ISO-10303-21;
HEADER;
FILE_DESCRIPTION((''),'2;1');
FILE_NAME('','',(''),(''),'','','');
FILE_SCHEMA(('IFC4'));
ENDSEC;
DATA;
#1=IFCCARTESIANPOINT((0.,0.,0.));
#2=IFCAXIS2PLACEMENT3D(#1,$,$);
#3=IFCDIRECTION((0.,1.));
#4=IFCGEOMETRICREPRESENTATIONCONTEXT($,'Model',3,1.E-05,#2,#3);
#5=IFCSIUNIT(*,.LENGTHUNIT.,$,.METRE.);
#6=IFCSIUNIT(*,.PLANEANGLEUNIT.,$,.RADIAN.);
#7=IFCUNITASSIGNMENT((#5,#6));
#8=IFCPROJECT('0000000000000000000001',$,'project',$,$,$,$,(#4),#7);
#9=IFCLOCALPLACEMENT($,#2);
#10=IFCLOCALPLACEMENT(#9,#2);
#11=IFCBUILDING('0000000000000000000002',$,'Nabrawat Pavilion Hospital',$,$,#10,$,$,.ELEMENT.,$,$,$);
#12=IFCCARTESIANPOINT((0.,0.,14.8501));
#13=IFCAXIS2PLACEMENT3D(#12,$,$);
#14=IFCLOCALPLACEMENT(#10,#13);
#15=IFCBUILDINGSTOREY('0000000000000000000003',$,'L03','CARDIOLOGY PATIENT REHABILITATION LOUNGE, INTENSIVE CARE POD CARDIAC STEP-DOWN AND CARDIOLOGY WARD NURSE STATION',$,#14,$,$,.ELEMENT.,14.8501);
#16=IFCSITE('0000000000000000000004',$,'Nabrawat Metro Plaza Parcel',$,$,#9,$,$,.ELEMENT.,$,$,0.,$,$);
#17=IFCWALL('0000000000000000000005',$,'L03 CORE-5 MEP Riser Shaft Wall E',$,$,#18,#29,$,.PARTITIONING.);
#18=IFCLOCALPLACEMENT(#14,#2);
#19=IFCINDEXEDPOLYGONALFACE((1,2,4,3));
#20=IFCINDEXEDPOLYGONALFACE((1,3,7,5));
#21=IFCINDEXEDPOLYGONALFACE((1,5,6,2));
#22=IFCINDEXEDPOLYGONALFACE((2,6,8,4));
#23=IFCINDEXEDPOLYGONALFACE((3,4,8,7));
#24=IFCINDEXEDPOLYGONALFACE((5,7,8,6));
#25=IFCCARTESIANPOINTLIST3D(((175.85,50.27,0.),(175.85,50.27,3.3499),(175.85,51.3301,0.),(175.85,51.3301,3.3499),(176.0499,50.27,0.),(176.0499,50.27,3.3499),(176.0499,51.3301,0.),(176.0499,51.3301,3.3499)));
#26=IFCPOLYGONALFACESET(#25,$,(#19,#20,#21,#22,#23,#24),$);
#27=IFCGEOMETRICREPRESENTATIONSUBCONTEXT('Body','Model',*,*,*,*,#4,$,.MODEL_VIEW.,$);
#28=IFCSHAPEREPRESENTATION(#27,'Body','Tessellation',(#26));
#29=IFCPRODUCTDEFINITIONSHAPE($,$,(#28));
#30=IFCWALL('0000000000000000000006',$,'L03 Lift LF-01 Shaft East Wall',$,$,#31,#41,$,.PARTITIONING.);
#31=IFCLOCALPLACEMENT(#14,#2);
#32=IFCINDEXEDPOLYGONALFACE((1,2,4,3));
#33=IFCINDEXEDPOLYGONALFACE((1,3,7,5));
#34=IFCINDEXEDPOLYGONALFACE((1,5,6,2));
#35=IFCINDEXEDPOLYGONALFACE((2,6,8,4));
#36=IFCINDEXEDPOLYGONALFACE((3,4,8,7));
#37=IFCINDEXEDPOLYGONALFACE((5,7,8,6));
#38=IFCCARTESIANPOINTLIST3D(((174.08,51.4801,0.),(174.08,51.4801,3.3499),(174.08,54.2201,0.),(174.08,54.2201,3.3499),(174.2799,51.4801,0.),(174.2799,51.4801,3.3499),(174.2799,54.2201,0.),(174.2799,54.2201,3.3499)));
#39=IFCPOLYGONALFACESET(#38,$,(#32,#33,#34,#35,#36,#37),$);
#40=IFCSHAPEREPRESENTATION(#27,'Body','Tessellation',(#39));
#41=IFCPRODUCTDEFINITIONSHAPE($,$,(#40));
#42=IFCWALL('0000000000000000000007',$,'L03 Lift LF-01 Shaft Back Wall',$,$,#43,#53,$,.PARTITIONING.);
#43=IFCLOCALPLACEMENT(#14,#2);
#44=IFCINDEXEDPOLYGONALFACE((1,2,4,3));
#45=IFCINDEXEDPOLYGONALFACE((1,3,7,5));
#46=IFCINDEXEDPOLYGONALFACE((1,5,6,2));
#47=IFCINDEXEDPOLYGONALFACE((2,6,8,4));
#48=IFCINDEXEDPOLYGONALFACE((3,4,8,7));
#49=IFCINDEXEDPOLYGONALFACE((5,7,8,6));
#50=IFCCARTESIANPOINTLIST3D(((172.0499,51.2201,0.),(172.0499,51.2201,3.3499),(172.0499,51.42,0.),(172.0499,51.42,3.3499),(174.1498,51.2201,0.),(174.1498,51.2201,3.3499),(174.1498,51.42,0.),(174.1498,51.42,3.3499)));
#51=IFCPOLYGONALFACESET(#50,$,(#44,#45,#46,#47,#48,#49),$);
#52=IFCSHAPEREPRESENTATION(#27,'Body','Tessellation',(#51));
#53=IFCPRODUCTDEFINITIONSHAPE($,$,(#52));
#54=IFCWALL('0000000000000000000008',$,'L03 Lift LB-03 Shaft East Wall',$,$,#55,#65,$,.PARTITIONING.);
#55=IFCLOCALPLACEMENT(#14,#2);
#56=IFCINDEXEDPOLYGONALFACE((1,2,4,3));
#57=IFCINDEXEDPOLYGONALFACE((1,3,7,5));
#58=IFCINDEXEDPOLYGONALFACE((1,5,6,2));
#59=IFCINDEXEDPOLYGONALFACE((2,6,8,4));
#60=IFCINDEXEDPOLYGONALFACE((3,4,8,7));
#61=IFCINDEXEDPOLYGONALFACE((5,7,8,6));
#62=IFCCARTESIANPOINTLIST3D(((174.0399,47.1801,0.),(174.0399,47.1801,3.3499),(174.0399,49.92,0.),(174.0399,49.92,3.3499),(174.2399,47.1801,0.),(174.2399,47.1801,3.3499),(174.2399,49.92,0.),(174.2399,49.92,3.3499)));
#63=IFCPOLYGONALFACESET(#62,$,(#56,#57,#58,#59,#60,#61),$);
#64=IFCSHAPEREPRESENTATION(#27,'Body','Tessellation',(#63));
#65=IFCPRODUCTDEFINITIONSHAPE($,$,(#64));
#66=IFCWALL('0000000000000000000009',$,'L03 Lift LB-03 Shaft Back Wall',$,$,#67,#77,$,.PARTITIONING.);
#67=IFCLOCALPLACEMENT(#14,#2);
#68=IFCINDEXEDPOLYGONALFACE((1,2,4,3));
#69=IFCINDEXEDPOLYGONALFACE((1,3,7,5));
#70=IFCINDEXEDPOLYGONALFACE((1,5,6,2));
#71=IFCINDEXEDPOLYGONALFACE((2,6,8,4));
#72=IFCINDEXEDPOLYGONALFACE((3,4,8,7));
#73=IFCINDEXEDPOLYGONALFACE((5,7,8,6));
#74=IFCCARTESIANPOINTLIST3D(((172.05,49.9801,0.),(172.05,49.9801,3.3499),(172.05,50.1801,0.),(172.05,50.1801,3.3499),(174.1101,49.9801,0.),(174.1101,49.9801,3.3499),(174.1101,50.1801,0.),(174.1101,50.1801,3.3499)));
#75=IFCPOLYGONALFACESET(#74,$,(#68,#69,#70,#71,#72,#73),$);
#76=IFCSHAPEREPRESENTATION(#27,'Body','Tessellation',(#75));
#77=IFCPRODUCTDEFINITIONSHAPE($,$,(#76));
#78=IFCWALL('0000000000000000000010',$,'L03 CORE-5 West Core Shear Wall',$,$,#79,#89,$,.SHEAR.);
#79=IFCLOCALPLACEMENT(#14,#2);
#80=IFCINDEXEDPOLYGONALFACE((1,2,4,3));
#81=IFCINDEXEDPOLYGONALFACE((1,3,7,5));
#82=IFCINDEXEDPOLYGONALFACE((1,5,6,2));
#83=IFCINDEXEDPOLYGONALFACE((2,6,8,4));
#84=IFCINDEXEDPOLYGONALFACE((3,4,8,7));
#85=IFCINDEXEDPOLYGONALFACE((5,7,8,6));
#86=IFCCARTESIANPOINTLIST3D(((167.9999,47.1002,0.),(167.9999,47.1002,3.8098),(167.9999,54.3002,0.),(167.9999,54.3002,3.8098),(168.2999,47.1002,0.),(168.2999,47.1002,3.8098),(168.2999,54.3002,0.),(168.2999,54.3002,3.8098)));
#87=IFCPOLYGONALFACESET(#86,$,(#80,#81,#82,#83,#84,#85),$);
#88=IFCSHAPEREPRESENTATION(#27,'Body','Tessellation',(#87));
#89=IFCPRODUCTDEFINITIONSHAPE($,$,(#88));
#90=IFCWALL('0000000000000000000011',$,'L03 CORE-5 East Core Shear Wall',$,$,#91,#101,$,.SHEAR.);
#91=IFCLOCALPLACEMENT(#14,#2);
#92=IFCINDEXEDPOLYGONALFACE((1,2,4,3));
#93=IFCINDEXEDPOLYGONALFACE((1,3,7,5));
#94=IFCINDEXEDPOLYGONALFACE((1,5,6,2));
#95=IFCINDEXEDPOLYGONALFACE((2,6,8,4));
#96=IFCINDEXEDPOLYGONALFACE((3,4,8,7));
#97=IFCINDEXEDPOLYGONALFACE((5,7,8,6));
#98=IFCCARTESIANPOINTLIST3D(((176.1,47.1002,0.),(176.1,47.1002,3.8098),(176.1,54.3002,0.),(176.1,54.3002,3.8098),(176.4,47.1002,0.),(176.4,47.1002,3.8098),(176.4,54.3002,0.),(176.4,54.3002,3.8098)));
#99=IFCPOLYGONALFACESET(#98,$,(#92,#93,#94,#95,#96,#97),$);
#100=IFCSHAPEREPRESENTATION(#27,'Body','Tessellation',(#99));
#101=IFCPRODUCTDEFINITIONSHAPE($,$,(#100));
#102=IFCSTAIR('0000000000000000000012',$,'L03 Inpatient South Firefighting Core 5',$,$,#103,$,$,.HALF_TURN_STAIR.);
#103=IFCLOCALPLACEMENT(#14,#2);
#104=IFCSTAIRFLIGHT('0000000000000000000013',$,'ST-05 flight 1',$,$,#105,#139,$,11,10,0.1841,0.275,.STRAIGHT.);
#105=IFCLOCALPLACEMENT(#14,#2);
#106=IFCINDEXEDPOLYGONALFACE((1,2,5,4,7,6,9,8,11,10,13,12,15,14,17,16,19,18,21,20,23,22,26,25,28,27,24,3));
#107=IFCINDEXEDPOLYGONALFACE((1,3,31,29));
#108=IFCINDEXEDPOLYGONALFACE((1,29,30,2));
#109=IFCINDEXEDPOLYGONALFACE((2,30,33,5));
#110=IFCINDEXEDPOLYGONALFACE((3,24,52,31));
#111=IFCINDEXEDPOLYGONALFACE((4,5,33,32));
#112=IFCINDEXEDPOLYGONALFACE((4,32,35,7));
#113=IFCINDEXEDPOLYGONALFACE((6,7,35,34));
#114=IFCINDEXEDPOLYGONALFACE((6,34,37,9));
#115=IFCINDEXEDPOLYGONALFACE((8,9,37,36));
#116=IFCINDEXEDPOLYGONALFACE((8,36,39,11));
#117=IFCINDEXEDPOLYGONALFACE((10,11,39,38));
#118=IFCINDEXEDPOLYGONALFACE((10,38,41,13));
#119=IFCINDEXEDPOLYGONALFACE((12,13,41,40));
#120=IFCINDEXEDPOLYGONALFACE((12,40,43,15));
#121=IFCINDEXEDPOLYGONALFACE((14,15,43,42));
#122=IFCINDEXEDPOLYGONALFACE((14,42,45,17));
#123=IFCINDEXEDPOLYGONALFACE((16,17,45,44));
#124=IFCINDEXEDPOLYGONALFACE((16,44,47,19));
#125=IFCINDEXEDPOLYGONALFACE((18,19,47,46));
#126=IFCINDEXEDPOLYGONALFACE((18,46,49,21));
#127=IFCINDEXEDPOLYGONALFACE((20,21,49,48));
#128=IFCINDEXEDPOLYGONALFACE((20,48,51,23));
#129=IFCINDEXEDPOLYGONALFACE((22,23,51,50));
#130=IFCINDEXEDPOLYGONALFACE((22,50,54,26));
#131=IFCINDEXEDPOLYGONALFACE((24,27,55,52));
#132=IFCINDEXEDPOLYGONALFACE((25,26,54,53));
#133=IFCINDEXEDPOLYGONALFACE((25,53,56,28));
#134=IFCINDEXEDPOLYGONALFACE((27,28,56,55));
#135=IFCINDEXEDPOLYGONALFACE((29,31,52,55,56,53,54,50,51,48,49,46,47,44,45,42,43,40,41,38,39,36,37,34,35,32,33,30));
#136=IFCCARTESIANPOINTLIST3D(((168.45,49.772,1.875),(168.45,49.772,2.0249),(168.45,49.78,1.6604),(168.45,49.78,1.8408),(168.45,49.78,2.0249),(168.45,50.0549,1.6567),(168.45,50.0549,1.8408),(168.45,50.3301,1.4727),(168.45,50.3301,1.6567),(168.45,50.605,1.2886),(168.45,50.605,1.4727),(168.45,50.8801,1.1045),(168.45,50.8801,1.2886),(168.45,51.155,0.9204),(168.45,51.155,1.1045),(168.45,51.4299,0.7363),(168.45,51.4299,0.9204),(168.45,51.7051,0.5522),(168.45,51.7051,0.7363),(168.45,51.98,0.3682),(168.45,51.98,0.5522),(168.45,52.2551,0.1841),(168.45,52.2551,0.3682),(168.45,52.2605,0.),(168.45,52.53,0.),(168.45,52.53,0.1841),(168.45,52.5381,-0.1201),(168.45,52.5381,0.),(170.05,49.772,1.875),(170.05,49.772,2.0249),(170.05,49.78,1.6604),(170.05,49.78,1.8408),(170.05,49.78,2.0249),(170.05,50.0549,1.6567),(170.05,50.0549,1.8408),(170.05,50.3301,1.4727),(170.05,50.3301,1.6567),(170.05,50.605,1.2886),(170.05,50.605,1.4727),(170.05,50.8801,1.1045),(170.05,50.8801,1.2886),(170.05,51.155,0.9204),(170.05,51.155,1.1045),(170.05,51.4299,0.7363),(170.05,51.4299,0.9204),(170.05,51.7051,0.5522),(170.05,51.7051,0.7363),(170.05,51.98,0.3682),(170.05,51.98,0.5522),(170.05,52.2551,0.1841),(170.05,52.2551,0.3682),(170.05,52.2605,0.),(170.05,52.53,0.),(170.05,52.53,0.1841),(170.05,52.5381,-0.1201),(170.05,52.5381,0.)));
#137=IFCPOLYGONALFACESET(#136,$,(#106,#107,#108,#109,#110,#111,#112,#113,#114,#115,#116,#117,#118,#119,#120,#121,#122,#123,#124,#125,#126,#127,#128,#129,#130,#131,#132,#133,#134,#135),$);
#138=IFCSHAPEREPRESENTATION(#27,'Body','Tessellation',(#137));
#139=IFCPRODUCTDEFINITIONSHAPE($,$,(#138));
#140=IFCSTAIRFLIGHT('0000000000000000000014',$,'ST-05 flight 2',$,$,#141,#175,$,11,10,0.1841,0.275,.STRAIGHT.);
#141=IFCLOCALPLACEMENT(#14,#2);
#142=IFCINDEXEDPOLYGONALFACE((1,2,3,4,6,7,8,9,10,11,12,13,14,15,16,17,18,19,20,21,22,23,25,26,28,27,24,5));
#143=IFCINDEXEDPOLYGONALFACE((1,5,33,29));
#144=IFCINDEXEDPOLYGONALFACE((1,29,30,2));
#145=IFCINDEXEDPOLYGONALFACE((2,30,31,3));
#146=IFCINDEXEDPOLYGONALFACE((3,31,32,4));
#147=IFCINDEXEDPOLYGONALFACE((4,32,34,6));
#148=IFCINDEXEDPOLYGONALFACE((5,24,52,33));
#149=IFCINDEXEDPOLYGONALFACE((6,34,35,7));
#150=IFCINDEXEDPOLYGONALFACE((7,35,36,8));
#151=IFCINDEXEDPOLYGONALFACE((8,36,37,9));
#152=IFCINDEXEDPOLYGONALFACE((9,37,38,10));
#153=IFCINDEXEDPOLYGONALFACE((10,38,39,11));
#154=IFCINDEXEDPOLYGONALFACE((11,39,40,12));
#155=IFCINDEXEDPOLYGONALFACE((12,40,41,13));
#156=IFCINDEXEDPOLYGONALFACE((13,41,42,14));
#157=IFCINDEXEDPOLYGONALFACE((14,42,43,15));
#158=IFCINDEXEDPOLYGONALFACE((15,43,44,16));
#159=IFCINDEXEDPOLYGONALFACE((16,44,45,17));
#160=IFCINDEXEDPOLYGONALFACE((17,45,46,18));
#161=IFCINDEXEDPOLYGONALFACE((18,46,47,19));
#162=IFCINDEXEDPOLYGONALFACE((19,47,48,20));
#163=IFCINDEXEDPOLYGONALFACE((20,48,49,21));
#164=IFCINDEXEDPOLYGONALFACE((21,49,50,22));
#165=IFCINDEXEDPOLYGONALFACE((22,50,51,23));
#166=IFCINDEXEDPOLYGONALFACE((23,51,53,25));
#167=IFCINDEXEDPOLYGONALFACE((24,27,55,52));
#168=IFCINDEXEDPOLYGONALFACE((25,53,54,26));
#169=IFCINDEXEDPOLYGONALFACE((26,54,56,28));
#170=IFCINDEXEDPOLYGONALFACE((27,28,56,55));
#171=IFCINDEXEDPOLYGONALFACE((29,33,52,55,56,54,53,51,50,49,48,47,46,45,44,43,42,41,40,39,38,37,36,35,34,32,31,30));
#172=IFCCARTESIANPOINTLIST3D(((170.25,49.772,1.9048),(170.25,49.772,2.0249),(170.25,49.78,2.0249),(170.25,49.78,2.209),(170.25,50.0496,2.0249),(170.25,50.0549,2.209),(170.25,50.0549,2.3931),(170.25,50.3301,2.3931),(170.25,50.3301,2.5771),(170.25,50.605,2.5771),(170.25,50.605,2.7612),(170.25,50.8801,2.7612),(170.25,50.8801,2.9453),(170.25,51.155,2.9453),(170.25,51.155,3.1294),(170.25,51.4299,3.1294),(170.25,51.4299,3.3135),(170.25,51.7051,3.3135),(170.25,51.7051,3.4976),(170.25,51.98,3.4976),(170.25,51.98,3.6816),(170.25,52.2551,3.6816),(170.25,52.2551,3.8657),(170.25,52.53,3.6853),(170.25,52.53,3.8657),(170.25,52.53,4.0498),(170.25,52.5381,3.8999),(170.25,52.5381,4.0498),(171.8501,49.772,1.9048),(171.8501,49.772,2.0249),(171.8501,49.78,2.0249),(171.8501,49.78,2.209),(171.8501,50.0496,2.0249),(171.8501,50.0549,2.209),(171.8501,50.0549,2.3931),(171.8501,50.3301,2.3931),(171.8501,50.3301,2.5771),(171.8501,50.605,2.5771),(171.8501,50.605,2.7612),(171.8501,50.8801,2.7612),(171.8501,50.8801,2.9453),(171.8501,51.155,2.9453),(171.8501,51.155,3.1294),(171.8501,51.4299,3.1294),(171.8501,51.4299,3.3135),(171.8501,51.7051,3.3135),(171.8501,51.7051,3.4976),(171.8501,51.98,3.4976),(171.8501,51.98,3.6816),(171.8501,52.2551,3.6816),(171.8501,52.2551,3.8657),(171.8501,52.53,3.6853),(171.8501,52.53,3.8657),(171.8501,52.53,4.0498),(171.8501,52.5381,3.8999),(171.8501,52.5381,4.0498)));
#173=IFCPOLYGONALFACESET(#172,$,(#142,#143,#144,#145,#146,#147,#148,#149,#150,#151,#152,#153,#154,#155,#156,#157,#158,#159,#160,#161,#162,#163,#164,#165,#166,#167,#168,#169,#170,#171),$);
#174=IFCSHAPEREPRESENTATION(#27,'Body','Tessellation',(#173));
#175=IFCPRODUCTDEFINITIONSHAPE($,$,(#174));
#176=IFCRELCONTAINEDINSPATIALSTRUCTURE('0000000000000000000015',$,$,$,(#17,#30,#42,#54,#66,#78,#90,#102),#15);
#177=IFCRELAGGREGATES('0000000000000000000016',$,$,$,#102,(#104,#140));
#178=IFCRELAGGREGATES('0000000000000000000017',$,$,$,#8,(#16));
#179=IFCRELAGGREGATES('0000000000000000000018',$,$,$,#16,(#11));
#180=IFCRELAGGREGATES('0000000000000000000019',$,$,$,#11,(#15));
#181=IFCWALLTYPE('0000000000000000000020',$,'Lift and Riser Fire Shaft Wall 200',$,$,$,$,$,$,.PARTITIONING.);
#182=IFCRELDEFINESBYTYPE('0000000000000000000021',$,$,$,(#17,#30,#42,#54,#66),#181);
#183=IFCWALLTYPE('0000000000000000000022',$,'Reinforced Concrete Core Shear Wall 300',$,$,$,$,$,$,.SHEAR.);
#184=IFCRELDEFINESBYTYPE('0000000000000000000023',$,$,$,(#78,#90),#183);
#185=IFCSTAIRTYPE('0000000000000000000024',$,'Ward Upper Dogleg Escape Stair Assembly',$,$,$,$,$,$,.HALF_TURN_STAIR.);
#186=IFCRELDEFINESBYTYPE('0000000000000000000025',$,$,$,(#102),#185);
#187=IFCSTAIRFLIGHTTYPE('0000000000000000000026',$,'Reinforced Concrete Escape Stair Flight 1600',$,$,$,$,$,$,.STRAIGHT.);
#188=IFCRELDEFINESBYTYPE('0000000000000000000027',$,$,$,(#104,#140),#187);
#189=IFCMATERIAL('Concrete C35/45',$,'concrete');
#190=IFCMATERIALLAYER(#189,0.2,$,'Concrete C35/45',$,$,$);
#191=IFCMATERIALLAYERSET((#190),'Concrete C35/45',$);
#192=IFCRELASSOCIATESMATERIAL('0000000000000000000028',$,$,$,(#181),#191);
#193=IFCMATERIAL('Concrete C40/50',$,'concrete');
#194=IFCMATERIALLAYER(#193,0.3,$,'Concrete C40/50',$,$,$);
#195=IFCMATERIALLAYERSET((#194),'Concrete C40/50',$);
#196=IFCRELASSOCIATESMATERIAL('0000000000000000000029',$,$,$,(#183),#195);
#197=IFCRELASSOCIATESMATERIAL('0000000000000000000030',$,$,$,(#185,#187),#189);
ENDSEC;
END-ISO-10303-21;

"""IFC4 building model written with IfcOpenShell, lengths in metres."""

from ifc_helpers import new_model, si_unit, direction, frame, frame_2d, origin, place, context, subcontext, project, spatial, polyline, rectangle, outline, extrude, material, layer, layer_set, type_object, element, aggregate, save


model = new_model("IFC4")

# Units and contexts
model_context = context("Model", 3, precision=1e-05, world=origin(), true_north=direction((0.0, 1.0)))
body_context = subcontext(model_context, "Body", "Model", "MODEL_VIEW")
ifc_project = project(units=[si_unit("LENGTHUNIT", "METRE"), si_unit("PLANEANGLEUNIT", "RADIAN")], contexts=[model_context])

# Site, building, storey
site_placement = place(None, origin())
site = spatial("IfcSite", under=ifc_project, at=site_placement, Name="Nabrawat Metro Plaza Parcel", CompositionType="ELEMENT", RefElevation=0.0)
building_placement = place(site_placement, origin())
building = spatial("IfcBuilding", under=site, at=building_placement, Name="Nabrawat Pavilion Hospital", CompositionType="ELEMENT")
storey_placement = place(building_placement, frame((0.0, 0.0, 14.8501)))
storey = spatial("IfcBuildingStorey", under=building, at=storey_placement, Name="L03", Description="CARDIOLOGY PATIENT REHABILITATION LOUNGE, INTENSIVE CARE POD CARDIAC STEP-DOWN AND CARDIOLOGY WARD NURSE STATION", CompositionType="ELEMENT", Elevation=14.8501)

# Shared definitions
ifc_material_1 = material(Name="Concrete C35/45", Category="concrete")

# Walls
ifc_layer_1 = layer(ifc_material_1, 0.2, Name="Concrete C35/45")
ifc_layer_set_1 = layer_set([ifc_layer_1], Name="Concrete C35/45")
wall_type_1 = type_object("IfcWallType", Name="Lift and Riser Fire Shaft Wall 200", PredefinedType="PARTITIONING", material=ifc_layer_set_1)
for number, where, z_axis, x_axis, name in (
    (1, (175.95, 50.27, 0.0), (0.0, 0.0, 1.0), (0.0, 1.0, 0.0), "L03 CORE-5 MEP Riser Shaft Wall E"),
):
    element("IfcWall", number, at=place(storey_placement, frame(where, z_axis=z_axis, x_axis=x_axis)), inside=storey, type_object=wall_type_1, Name=name, PredefinedType="PARTITIONING", context=body_context, shape_type="SweptSolid", body=[
        extrude(rectangle(XDim=1.0601, YDim=0.2, at=frame_2d((0.53, 0.0))), origin(), (0.0, 0.0, 1.0), 3.3499),
    ])
wall_1_placement = place(storey_placement, frame((174.1799, 51.48, 0.0), z_axis=(0.0, 0.0, 1.0), x_axis=(0.0, 1.0, 0.0)))
element("IfcWall", 2, at=wall_1_placement, inside=storey, type_object=wall_type_1, Name="L03 Lift LF-01 Shaft East Wall", PredefinedType="PARTITIONING", context=body_context, shape_type="SweptSolid", body=[
    extrude(rectangle(XDim=2.74, YDim=0.2, at=frame_2d((1.3701, 0.0))), origin(), (0.0, 0.0, 1.0), 3.3499),
])
wall_2_placement = place(storey_placement, frame((172.05, 51.3201, 0.0), z_axis=(0.0, 0.0, 1.0), x_axis=(1.0, 0.0, 0.0)))
element("IfcWall", 3, at=wall_2_placement, inside=storey, type_object=wall_type_1, Name="L03 Lift LF-01 Shaft Back Wall", PredefinedType="PARTITIONING", context=body_context, shape_type="SweptSolid", body=[
    extrude(rectangle(XDim=2.0999, YDim=0.2, at=frame_2d((1.0498, 0.0))), origin(), (0.0, 0.0, 1.0), 3.3499),
])
wall_3_placement = place(storey_placement, frame((174.1399, 47.1799, 0.0), z_axis=(0.0, 0.0, 1.0), x_axis=(0.0, 1.0, 0.0)))
element("IfcWall", 4, at=wall_3_placement, inside=storey, type_object=wall_type_1, Name="L03 Lift LB-03 Shaft East Wall", PredefinedType="PARTITIONING", context=body_context, shape_type="SweptSolid", body=[
    extrude(rectangle(XDim=2.74, YDim=0.2, at=frame_2d((1.3701, 0.0))), origin(), (0.0, 0.0, 1.0), 3.3499),
])
wall_4_placement = place(storey_placement, frame((172.05, 50.0801, 0.0), z_axis=(0.0, 0.0, 1.0), x_axis=(1.0, 0.0, 0.0)))
element("IfcWall", 5, at=wall_4_placement, inside=storey, type_object=wall_type_1, Name="L03 Lift LB-03 Shaft Back Wall", PredefinedType="PARTITIONING", context=body_context, shape_type="SweptSolid", body=[
    extrude(rectangle(XDim=2.0601, YDim=0.2, at=frame_2d((1.03, 0.0))), origin(), (0.0, 0.0, 1.0), 3.3499),
])
ifc_material_2 = material(Name="Concrete C40/50", Category="concrete")
ifc_layer_2 = layer(ifc_material_2, 0.3, Name="Concrete C40/50")
ifc_layer_set_2 = layer_set([ifc_layer_2], Name="Concrete C40/50")
wall_type_2 = type_object("IfcWallType", Name="Reinforced Concrete Core Shear Wall 300", PredefinedType="SHEAR", material=ifc_layer_set_2)
for number, where, z_axis, x_axis, name in (
    (6, (168.1499, 47.1001, 0.0), (0.0, 0.0, 1.0), (0.0, 1.0, 0.0), "L03 CORE-5 West Core Shear Wall"),
    (7, (176.25, 47.1001, 0.0), (0.0, 0.0, 1.0), (0.0, 1.0, 0.0), "L03 CORE-5 East Core Shear Wall"),
):
    element("IfcWall", number, at=place(storey_placement, frame(where, z_axis=z_axis, x_axis=x_axis)), inside=storey, type_object=wall_type_2, Name=name, PredefinedType="SHEAR", context=body_context, shape_type="SweptSolid", body=[
        extrude(rectangle(XDim=7.2, YDim=0.3, at=frame_2d((3.6001, 0.0))), origin(), (0.0, 0.0, 1.0), 3.8098),
    ])

# Stair, stair flights
stair_type = type_object("IfcStairType", Name="Ward Upper Dogleg Escape Stair Assembly", PredefinedType="HALF_TURN_STAIR", material=ifc_material_1)
stair_placement = place(storey_placement, origin())
stair = element("IfcStair", 8, at=stair_placement, inside=storey, type_object=stair_type, Name="L03 Inpatient South Firefighting Core 5", PredefinedType="HALF_TURN_STAIR")
stair_flight_type = type_object("IfcStairFlightType", Name="Reinforced Concrete Escape Stair Flight 1600", PredefinedType="STRAIGHT", material=ifc_material_1)
stair_flight_1_placement = place(storey_placement, frame((169.25, 52.53, 0.0), z_axis=(0.0, 0.0, 1.0), x_axis=(0.0, -1.0, 0.0)))
stair_flight_1 = element("IfcStairFlight", 9, at=stair_flight_1_placement, type_object=stair_flight_type, Name="ST-05 flight 1", NumberOfRisers=11, NumberOfTreads=10, PredefinedType="STRAIGHT", RiserHeight=0.1841, TreadLength=0.275, context=body_context, shape_type="SweptSolid", body=[
    extrude(outline(polyline([(-0.0081, 0.0), (0.0, 0.0), (0.0, 0.1841), (0.2749, 0.1841), (0.2749, 0.3682), (0.55, 0.3682), (0.55, 0.5522), (0.825, 0.5522), (0.825, 0.7363), (1.1001, 0.7363), (1.1001, 0.9204), (1.375, 0.9204), (1.375, 1.1045), (1.6499, 1.1045), (1.6499, 1.2886), (1.925, 1.2886), (1.925, 1.4727), (2.2, 1.4727), (2.2, 1.6567), (2.4751, 1.6567), (2.4751, 1.8408), (2.75, 1.8408), (2.75, 2.0249), (2.7581, 2.0249), (2.7581, 1.875), (2.75, 1.6604), (0.2695, 0.0), (-0.0081, -0.1201), (-0.0081, 0.0)])), frame((0.0, 0.8, 0.0), z_axis=(0.0, -1.0, 0.0), x_axis=(1.0, 0.0, 0.0)), (0.0, 0.0, 1.0), 1.6001),
])
stair_flight_2_placement = place(storey_placement, frame((171.05, 49.78, 2.0249), z_axis=(0.0, 0.0, 1.0), x_axis=(0.0, 1.0, 0.0)))
stair_flight_2 = element("IfcStairFlight", 10, at=stair_flight_2_placement, type_object=stair_flight_type, Name="ST-05 flight 2", NumberOfRisers=11, NumberOfTreads=10, PredefinedType="STRAIGHT", RiserHeight=0.1841, TreadLength=0.275, context=body_context, shape_type="SweptSolid", body=[
    extrude(outline(polyline([(-0.0081, 0.0), (0.0, 0.0), (0.0, 0.1841), (0.2749, 0.1841), (0.2749, 0.3682), (0.55, 0.3682), (0.55, 0.5522), (0.825, 0.5522), (0.825, 0.7363), (1.1001, 0.7363), (1.1001, 0.9204), (1.375, 0.9204), (1.375, 1.1045), (1.6499, 1.1045), (1.6499, 1.2886), (1.925, 1.2886), (1.925, 1.4727), (2.2, 1.4727), (2.2, 1.6567), (2.4751, 1.6567), (2.4751, 1.8408), (2.75, 1.8408), (2.75, 2.0249), (2.7581, 2.0249), (2.7581, 1.875), (2.75, 1.6604), (0.2695, 0.0), (-0.0081, -0.1201), (-0.0081, 0.0)])), frame((0.0, 0.8, 0.0), z_axis=(0.0, -1.0, 0.0), x_axis=(1.0, 0.0, 0.0)), (0.0, 0.0, 1.0), 1.6001),
])
aggregate(stair, [stair_flight_1, stair_flight_2])

save(model, "model.ifc")
